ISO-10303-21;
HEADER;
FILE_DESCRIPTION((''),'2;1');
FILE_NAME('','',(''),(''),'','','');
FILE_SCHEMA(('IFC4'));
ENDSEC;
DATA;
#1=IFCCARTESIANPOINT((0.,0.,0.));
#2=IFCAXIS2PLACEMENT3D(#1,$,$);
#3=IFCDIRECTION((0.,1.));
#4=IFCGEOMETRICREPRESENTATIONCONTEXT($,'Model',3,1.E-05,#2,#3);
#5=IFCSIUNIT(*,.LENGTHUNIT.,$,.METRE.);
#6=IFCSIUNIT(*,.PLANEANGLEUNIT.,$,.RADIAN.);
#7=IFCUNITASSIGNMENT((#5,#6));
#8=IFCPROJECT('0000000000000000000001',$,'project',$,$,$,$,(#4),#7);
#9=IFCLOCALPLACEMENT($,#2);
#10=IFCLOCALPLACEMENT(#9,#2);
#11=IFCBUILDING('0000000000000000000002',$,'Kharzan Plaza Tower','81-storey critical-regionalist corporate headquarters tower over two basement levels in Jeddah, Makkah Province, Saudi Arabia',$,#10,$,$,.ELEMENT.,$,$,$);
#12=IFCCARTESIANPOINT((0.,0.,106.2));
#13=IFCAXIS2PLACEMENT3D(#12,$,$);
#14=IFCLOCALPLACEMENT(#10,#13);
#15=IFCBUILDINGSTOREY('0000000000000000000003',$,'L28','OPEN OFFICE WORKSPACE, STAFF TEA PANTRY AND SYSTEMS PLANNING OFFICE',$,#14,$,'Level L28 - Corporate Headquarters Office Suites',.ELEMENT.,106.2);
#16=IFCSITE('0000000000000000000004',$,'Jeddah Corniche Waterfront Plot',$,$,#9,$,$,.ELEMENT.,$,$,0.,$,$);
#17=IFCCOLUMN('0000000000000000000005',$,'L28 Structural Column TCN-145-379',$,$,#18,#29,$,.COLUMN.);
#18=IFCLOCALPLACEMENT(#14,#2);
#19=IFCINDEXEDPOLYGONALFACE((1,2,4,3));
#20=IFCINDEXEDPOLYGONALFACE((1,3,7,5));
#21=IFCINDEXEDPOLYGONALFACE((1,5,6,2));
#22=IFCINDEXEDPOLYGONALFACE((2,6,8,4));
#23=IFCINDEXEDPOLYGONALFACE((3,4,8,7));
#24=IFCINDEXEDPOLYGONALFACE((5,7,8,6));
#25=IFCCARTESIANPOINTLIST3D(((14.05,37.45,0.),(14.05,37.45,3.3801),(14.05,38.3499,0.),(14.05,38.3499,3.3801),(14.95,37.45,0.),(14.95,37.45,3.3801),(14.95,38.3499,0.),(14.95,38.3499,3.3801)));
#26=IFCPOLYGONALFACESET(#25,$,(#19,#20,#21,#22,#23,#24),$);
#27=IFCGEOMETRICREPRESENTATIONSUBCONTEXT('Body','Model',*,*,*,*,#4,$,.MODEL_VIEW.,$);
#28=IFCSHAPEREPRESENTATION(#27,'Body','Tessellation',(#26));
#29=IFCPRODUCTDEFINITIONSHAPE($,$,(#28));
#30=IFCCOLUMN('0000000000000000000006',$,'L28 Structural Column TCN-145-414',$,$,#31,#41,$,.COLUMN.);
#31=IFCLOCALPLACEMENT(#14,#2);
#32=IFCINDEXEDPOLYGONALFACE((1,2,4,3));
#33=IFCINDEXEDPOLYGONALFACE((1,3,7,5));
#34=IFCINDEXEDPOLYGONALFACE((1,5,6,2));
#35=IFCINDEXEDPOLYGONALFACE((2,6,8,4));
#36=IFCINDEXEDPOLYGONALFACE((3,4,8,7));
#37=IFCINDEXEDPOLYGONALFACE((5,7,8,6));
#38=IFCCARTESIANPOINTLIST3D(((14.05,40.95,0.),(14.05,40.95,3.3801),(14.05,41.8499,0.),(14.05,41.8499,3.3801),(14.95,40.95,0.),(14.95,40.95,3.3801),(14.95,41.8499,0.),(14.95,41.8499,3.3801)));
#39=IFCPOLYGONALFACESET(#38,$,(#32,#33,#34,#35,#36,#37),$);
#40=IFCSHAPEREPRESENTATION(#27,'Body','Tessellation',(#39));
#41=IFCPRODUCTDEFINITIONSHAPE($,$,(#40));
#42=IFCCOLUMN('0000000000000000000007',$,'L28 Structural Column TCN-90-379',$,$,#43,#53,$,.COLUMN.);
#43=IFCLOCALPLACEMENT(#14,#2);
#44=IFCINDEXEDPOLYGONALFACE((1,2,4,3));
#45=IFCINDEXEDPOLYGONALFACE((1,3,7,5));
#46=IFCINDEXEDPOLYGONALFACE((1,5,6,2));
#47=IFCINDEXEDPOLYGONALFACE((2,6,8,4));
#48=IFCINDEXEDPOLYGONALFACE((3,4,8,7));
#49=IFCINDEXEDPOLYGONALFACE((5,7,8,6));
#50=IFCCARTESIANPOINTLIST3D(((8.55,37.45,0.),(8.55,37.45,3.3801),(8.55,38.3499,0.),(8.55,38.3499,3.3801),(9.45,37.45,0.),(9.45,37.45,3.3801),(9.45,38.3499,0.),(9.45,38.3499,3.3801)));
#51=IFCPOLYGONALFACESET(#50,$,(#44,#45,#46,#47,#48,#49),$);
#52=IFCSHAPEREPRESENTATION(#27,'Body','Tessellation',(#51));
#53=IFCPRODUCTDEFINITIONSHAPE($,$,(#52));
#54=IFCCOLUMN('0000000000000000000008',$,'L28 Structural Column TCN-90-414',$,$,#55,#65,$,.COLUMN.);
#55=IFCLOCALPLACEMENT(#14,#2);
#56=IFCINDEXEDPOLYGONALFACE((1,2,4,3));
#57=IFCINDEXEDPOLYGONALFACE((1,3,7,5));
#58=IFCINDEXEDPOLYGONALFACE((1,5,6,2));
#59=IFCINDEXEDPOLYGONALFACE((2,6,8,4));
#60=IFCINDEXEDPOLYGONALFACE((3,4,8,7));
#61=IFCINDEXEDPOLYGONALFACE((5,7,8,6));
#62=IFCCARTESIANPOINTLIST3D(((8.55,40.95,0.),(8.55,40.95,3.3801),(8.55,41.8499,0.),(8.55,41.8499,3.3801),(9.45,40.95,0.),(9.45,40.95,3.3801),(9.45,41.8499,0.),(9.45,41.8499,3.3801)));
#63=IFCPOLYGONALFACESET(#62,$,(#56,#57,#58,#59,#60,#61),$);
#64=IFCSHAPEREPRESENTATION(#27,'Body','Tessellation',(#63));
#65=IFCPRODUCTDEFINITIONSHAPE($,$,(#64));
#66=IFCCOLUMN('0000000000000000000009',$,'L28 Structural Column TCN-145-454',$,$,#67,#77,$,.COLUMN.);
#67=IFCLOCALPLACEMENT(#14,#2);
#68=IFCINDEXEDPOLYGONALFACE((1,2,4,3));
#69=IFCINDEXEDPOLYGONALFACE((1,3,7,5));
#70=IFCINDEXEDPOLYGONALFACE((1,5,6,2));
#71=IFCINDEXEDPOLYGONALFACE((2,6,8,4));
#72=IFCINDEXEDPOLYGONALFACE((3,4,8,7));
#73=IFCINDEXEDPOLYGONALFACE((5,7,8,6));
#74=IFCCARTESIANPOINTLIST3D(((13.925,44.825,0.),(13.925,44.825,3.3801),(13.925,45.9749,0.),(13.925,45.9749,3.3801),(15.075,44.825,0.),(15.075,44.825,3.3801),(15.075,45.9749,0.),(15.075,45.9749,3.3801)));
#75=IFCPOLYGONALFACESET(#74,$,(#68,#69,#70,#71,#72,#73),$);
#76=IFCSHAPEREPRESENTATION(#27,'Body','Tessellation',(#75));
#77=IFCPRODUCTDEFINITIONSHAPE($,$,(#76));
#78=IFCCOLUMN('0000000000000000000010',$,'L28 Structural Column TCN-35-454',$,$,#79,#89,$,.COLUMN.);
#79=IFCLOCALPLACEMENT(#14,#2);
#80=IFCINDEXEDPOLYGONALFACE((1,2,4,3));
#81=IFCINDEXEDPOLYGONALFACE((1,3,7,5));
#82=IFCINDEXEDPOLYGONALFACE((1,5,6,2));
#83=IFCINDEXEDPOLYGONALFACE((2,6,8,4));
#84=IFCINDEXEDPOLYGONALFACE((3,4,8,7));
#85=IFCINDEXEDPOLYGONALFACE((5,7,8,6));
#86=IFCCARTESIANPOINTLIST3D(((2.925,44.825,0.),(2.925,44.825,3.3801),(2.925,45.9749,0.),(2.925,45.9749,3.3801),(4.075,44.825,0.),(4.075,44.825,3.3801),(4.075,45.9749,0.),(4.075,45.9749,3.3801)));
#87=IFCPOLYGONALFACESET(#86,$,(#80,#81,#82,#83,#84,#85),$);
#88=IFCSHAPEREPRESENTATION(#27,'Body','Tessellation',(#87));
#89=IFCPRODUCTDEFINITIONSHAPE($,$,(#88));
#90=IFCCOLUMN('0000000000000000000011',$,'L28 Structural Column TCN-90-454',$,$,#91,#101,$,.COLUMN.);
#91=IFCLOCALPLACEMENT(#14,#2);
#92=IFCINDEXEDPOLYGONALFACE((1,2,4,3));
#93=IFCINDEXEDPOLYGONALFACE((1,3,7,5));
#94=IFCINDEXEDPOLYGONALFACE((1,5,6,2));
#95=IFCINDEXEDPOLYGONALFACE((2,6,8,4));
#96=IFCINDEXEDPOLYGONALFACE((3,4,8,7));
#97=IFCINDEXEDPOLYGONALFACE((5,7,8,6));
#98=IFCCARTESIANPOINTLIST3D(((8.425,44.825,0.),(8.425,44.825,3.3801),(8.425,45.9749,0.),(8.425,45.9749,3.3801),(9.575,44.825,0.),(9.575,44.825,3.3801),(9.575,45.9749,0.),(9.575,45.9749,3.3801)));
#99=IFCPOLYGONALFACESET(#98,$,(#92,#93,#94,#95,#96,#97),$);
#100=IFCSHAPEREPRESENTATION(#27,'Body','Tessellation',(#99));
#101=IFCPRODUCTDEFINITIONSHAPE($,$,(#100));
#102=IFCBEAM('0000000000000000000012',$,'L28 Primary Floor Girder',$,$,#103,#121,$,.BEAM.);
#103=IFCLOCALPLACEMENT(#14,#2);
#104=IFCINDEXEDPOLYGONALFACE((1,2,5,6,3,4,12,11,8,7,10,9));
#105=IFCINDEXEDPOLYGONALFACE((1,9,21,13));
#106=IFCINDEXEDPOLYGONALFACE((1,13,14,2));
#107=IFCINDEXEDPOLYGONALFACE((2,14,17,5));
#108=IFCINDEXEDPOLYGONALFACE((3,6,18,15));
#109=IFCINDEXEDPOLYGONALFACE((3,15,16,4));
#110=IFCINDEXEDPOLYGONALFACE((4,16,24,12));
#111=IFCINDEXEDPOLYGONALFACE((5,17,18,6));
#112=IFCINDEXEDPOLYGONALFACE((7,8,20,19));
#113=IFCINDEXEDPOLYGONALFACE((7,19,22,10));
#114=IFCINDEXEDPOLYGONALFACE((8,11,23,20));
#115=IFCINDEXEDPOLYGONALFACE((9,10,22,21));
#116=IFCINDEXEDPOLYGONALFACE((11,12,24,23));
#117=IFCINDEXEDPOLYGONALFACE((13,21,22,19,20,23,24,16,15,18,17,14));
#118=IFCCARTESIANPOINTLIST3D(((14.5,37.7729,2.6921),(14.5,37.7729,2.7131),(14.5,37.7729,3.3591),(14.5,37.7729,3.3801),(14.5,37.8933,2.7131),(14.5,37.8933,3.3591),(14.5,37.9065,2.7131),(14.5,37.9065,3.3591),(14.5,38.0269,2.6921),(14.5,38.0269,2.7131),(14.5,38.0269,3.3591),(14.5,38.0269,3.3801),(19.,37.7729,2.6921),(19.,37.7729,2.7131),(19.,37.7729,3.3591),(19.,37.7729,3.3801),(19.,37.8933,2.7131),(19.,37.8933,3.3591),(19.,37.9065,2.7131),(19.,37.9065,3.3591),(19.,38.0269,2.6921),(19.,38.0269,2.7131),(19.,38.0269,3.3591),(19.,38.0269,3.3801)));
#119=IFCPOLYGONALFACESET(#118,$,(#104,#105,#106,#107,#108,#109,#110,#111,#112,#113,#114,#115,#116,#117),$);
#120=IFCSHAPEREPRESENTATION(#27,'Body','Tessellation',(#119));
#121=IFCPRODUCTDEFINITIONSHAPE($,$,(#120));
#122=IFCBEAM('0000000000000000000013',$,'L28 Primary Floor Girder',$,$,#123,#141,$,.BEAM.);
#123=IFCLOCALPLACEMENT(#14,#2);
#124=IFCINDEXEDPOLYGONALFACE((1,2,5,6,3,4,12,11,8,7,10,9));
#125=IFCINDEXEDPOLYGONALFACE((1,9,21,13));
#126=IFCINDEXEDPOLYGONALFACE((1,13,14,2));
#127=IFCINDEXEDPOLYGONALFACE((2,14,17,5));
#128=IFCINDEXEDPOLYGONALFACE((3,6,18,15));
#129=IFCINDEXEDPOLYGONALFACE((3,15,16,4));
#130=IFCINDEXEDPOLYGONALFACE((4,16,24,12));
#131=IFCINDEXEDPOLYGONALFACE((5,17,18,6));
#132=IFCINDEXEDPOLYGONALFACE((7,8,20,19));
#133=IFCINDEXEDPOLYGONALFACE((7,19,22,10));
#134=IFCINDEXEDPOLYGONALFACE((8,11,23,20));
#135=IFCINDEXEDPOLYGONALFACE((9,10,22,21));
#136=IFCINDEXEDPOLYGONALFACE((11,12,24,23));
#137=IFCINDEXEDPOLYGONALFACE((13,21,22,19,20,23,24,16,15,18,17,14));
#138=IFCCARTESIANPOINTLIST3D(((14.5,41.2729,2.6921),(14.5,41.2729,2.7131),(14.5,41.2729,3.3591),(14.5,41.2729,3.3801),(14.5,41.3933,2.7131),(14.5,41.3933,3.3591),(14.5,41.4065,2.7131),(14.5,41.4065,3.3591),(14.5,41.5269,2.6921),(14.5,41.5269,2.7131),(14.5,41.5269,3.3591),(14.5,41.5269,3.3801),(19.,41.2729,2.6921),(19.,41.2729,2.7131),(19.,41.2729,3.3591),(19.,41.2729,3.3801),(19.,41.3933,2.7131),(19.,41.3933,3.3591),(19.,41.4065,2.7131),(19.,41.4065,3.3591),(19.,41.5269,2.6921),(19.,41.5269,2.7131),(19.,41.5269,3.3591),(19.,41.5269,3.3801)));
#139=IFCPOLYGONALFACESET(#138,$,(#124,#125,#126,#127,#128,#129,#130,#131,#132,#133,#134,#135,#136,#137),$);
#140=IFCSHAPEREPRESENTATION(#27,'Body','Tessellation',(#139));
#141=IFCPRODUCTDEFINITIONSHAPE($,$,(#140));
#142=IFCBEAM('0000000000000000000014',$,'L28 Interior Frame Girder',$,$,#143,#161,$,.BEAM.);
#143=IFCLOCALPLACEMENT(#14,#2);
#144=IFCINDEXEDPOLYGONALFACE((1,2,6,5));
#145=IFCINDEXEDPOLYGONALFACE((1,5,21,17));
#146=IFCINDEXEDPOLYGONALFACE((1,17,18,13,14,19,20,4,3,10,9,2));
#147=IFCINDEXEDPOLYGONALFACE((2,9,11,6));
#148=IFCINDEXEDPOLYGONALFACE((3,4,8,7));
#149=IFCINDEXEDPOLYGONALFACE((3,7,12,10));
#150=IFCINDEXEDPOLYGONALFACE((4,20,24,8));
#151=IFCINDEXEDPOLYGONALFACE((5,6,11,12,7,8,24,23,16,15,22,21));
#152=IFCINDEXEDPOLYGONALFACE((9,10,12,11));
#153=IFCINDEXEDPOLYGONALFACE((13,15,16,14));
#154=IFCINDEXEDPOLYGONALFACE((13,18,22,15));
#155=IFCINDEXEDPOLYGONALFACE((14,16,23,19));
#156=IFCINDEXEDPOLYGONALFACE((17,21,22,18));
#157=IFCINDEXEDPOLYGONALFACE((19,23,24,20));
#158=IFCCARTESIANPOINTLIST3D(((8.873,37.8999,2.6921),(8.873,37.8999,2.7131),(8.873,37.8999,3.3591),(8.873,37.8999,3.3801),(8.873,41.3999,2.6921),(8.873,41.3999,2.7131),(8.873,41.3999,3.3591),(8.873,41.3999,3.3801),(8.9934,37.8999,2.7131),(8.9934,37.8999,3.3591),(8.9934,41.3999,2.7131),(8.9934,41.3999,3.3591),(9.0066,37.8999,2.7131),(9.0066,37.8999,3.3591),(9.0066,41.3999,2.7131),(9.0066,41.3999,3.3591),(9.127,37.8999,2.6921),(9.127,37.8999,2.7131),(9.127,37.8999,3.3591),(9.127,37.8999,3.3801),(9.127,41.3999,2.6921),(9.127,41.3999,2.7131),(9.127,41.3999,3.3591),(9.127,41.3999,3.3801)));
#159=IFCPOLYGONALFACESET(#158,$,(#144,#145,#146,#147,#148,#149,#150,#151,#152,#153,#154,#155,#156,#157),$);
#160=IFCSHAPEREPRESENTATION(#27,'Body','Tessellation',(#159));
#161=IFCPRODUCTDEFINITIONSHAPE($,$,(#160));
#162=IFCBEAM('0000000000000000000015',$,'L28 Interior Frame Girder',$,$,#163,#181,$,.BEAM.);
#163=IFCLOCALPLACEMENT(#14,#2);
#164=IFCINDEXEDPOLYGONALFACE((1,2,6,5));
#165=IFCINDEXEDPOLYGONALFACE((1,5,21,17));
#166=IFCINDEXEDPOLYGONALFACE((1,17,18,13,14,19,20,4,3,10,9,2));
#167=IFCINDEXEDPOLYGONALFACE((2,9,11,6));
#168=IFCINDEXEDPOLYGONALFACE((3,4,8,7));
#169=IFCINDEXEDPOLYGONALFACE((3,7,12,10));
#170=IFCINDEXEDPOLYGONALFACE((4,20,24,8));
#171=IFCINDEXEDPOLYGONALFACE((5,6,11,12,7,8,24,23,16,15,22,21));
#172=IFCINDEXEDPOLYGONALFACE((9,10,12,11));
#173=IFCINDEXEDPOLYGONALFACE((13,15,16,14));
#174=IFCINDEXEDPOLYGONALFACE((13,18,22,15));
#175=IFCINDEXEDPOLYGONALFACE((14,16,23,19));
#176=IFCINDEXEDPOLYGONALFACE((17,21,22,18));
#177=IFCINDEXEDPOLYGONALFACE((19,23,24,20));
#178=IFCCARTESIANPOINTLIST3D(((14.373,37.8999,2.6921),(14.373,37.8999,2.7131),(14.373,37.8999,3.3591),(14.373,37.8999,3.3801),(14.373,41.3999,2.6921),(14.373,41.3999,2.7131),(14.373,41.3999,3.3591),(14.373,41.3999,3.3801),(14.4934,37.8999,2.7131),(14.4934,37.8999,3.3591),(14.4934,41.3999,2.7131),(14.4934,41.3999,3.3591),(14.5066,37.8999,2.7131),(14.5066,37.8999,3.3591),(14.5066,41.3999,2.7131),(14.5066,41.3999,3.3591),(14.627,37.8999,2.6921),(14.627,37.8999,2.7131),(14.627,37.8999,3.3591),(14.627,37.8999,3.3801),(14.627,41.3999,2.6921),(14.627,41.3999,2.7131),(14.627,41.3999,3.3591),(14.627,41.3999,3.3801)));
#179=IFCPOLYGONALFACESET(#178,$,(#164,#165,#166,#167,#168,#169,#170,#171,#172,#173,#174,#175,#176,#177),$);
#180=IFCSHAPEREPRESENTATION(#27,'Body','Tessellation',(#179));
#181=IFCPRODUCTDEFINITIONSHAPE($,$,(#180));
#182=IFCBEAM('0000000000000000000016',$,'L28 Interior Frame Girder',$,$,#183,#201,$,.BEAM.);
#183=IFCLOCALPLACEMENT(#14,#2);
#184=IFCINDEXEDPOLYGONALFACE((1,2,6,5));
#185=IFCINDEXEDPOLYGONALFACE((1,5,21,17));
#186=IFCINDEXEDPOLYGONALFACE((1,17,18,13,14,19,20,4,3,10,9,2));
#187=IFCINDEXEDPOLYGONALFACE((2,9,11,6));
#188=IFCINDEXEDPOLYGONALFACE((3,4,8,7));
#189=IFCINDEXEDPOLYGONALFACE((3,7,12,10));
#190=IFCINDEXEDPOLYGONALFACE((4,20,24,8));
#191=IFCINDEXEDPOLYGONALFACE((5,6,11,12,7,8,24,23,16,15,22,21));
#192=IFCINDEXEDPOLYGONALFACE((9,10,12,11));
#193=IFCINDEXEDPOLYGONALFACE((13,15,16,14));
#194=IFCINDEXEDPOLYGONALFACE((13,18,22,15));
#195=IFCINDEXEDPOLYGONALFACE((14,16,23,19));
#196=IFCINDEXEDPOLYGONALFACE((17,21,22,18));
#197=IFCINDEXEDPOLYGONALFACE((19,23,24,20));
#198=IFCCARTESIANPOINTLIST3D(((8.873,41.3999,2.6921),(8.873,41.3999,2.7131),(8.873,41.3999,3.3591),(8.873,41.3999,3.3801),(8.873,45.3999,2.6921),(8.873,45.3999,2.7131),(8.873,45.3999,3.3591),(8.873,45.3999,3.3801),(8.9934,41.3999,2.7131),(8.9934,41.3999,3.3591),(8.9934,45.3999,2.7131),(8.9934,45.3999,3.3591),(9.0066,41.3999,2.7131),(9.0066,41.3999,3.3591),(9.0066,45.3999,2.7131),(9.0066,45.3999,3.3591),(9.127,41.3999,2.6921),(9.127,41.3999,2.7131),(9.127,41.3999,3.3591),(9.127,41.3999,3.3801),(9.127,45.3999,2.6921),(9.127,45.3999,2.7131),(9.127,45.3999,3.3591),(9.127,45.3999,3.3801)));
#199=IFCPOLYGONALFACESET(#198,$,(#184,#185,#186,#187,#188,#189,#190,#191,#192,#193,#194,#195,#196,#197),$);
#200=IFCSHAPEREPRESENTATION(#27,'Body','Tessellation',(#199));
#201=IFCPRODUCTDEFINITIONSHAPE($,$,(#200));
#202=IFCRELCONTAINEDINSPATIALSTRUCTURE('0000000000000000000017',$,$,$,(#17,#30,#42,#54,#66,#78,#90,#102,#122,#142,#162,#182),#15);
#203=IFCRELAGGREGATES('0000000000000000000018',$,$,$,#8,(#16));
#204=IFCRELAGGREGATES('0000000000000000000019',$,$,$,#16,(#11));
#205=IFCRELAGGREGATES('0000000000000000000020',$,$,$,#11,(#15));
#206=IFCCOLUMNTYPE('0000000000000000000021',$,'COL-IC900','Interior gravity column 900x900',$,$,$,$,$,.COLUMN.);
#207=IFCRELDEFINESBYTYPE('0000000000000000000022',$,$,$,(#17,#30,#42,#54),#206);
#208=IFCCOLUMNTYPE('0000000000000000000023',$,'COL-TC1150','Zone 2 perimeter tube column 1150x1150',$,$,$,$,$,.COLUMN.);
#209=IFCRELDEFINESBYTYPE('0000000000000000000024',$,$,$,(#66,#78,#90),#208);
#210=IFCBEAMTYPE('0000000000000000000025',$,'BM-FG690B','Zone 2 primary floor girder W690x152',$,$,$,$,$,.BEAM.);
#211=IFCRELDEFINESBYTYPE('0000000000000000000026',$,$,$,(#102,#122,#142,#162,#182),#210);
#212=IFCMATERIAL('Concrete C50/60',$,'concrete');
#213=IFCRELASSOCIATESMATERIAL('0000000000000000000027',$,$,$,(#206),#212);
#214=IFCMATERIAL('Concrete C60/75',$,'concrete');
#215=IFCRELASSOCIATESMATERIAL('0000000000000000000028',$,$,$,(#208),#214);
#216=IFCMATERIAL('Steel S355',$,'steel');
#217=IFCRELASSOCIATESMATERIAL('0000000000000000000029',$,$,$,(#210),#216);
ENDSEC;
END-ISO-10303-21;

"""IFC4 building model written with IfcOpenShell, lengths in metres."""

from ifc_helpers import new_model, si_unit, direction, frame, origin, origin_2d, place, context, subcontext, project, spatial, rectangle, i_section, extrude, source, transform, mapped, material, material_profile, profile_set, type_object, element, save


model = new_model("IFC4")

# Units and contexts
model_context = context("Model", 3, precision=1e-05, world=origin(), true_north=direction((0.0, 1.0)))
body_context = subcontext(model_context, "Body", "Model", "MODEL_VIEW")
ifc_project = project(units=[si_unit("LENGTHUNIT", "METRE"), si_unit("PLANEANGLEUNIT", "RADIAN")], contexts=[model_context])

# Site, building, storey
site_placement = place(None, origin())
site = spatial("IfcSite", under=ifc_project, at=site_placement, Name="Jeddah Corniche Waterfront Plot", CompositionType="ELEMENT", RefElevation=0.0)
building_placement = place(site_placement, origin())
building = spatial("IfcBuilding", under=site, at=building_placement, Name="Kharzan Plaza Tower", Description="81-storey critical-regionalist corporate headquarters tower over two basement levels in Jeddah, Makkah Province, Saudi Arabia", CompositionType="ELEMENT")
storey_placement = place(building_placement, frame((0.0, 0.0, 106.2)))
storey = spatial("IfcBuildingStorey", under=building, at=storey_placement, Name="L28", Description="OPEN OFFICE WORKSPACE, STAFF TEA PANTRY AND SYSTEMS PLANNING OFFICE", LongName="Level L28 - Corporate Headquarters Office Suites", CompositionType="ELEMENT", Elevation=106.2)

# Columns
ifc_material_1 = material(Name="Concrete C50/60", Category="concrete")
ifc_material_profile_1 = material_profile(ifc_material_1, rectangle(XDim=0.8999, YDim=0.8999, at=origin_2d()), Name="RC-IC900x900")
ifc_profile_set_1 = profile_set([ifc_material_profile_1], Name="Concrete C50/60")
column_type_1 = type_object("IfcColumnType", Name="COL-IC900", Description="Interior gravity column 900x900", PredefinedType="COLUMN", material=ifc_profile_set_1)
shared_shape_1 = source(origin(), body_context, "Body", "SweptSolid", [
    extrude(rectangle(XDim=0.8999, YDim=0.8999, at=origin_2d()), origin(), (0.0, 0.0, 1.0), 3.3801),
])
for number, where, z_axis, x_axis, name in (
    (1, (14.5, 37.8999, 0.0), (0.0, 0.0, 1.0), (1.0, 0.0, 0.0), "L28 Structural Column TCN-145-379"),
    (2, (14.5, 41.3999, 0.0), (0.0, 0.0, 1.0), (1.0, 0.0, 0.0), "L28 Structural Column TCN-145-414"),
    (3, (9.0, 37.8999, 0.0), (0.0, 0.0, 1.0), (1.0, 0.0, 0.0), "L28 Structural Column TCN-90-379"),
    (4, (9.0, 41.3999, 0.0), (0.0, 0.0, 1.0), (1.0, 0.0, 0.0), "L28 Structural Column TCN-90-414"),
):
    element("IfcColumn", number, at=place(storey_placement, frame(where, z_axis=z_axis, x_axis=x_axis)), inside=storey, type_object=column_type_1, Name=name, PredefinedType="COLUMN", context=body_context, shape_type="MappedRepresentation", body=[
        mapped(shared_shape_1, transform((0.0, 0.0, 0.0), x_axis=(1.0, 0.0, 0.0), y_axis=(0.0, 1.0, 0.0), z_axis=(0.0, 0.0, 1.0))),
    ])
ifc_material_2 = material(Name="Concrete C60/75", Category="concrete")
ifc_material_profile_2 = material_profile(ifc_material_2, rectangle(XDim=1.1499, YDim=1.1499, at=origin_2d()), Name="RC-TC1150x1150")
ifc_profile_set_2 = profile_set([ifc_material_profile_2], Name="Concrete C60/75")
column_type_2 = type_object("IfcColumnType", Name="COL-TC1150", Description="Zone 2 perimeter tube column 1150x1150", PredefinedType="COLUMN", material=ifc_profile_set_2)
shared_shape_2 = source(origin(), body_context, "Body", "SweptSolid", [
    extrude(rectangle(XDim=1.1499, YDim=1.1499, at=origin_2d()), origin(), (0.0, 0.0, 1.0), 3.3801),
])
for number, where, z_axis, x_axis, name in (
    (5, (14.5, 45.3999, 0.0), (0.0, 0.0, 1.0), (1.0, 0.0, 0.0), "L28 Structural Column TCN-145-454"),
    (6, (3.5, 45.3999, 0.0), (0.0, 0.0, 1.0), (1.0, 0.0, 0.0), "L28 Structural Column TCN-35-454"),
    (7, (9.0, 45.3999, 0.0), (0.0, 0.0, 1.0), (1.0, 0.0, 0.0), "L28 Structural Column TCN-90-454"),
):
    element("IfcColumn", number, at=place(storey_placement, frame(where, z_axis=z_axis, x_axis=x_axis)), inside=storey, type_object=column_type_2, Name=name, PredefinedType="COLUMN", context=body_context, shape_type="MappedRepresentation", body=[
        mapped(shared_shape_2, transform((0.0, 0.0, 0.0), x_axis=(1.0, 0.0, 0.0), y_axis=(0.0, 1.0, 0.0), z_axis=(0.0, 0.0, 1.0))),
    ])

# Beams
ifc_material_3 = material(Name="Steel S355", Category="steel")
ifc_material_profile_3 = material_profile(ifc_material_3, i_section(OverallWidth=0.2539, OverallDepth=0.688, WebThickness=0.0132, FlangeThickness=0.021, at=origin_2d()), Name="W690x152")
ifc_profile_set_3 = profile_set([ifc_material_profile_3], Name="Steel S355")
beam_type_1 = type_object("IfcBeamType", Name="BM-FG690B", Description="Zone 2 primary floor girder W690x152", PredefinedType="BEAM", material=ifc_profile_set_3)
shared_shape_3 = source(origin(), body_context, "Body", "SweptSolid", [
    extrude(i_section(OverallWidth=0.2539, OverallDepth=0.688, WebThickness=0.0132, FlangeThickness=0.021, at=origin_2d()), origin(), (0.0, 0.0, 1.0), 4.5),
])
for number, where, z_axis, x_axis, name in (
    (8, (14.5, 37.8999, 3.0361), (1.0, 0.0, 0.0), (0.0, 1.0, 0.0), "L28 Primary Floor Girder"),
    (9, (14.5, 41.3999, 3.0361), (1.0, 0.0, 0.0), (0.0, 1.0, 0.0), "L28 Primary Floor Girder"),
):
    element("IfcBeam", number, at=place(storey_placement, frame(where, z_axis=z_axis, x_axis=x_axis)), inside=storey, type_object=beam_type_1, Name=name, PredefinedType="BEAM", context=body_context, shape_type="MappedRepresentation", body=[
        mapped(shared_shape_3, transform((0.0, 0.0, 0.0), x_axis=(1.0, 0.0, 0.0), y_axis=(0.0, 1.0, 0.0), z_axis=(0.0, 0.0, 1.0))),
    ])
shared_shape_4 = source(origin(), body_context, "Body", "SweptSolid", [
    extrude(i_section(OverallWidth=0.2539, OverallDepth=0.688, WebThickness=0.0132, FlangeThickness=0.021, at=origin_2d()), origin(), (0.0, 0.0, 1.0), 3.5),
])
for number, where, z_axis, x_axis, name in (
    (10, (9.0, 37.8999, 3.0361), (0.0, 1.0, 0.0), (-1.0, 0.0, 0.0), "L28 Interior Frame Girder"),
    (11, (14.5, 37.8999, 3.0361), (0.0, 1.0, 0.0), (-1.0, 0.0, 0.0), "L28 Interior Frame Girder"),
):
    element("IfcBeam", number, at=place(storey_placement, frame(where, z_axis=z_axis, x_axis=x_axis)), inside=storey, type_object=beam_type_1, Name=name, PredefinedType="BEAM", context=body_context, shape_type="MappedRepresentation", body=[
        mapped(shared_shape_4, transform((0.0, 0.0, 0.0), x_axis=(1.0, 0.0, 0.0), y_axis=(0.0, 1.0, 0.0), z_axis=(0.0, 0.0, 1.0))),
    ])
shared_shape_5 = source(origin(), body_context, "Body", "SweptSolid", [
    extrude(i_section(OverallWidth=0.2539, OverallDepth=0.688, WebThickness=0.0132, FlangeThickness=0.021, at=origin_2d()), origin(), (0.0, 0.0, 1.0), 4.0),
])
for number, where, z_axis, x_axis, name in (
    (12, (9.0, 41.3999, 3.0361), (0.0, 1.0, 0.0), (-1.0, 0.0, 0.0), "L28 Interior Frame Girder"),
):
    element("IfcBeam", number, at=place(storey_placement, frame(where, z_axis=z_axis, x_axis=x_axis)), inside=storey, type_object=beam_type_1, Name=name, PredefinedType="BEAM", context=body_context, shape_type="MappedRepresentation", body=[
        mapped(shared_shape_5, transform((0.0, 0.0, 0.0), x_axis=(1.0, 0.0, 0.0), y_axis=(0.0, 1.0, 0.0), z_axis=(0.0, 0.0, 1.0))),
    ])

save(model, "model.ifc")
